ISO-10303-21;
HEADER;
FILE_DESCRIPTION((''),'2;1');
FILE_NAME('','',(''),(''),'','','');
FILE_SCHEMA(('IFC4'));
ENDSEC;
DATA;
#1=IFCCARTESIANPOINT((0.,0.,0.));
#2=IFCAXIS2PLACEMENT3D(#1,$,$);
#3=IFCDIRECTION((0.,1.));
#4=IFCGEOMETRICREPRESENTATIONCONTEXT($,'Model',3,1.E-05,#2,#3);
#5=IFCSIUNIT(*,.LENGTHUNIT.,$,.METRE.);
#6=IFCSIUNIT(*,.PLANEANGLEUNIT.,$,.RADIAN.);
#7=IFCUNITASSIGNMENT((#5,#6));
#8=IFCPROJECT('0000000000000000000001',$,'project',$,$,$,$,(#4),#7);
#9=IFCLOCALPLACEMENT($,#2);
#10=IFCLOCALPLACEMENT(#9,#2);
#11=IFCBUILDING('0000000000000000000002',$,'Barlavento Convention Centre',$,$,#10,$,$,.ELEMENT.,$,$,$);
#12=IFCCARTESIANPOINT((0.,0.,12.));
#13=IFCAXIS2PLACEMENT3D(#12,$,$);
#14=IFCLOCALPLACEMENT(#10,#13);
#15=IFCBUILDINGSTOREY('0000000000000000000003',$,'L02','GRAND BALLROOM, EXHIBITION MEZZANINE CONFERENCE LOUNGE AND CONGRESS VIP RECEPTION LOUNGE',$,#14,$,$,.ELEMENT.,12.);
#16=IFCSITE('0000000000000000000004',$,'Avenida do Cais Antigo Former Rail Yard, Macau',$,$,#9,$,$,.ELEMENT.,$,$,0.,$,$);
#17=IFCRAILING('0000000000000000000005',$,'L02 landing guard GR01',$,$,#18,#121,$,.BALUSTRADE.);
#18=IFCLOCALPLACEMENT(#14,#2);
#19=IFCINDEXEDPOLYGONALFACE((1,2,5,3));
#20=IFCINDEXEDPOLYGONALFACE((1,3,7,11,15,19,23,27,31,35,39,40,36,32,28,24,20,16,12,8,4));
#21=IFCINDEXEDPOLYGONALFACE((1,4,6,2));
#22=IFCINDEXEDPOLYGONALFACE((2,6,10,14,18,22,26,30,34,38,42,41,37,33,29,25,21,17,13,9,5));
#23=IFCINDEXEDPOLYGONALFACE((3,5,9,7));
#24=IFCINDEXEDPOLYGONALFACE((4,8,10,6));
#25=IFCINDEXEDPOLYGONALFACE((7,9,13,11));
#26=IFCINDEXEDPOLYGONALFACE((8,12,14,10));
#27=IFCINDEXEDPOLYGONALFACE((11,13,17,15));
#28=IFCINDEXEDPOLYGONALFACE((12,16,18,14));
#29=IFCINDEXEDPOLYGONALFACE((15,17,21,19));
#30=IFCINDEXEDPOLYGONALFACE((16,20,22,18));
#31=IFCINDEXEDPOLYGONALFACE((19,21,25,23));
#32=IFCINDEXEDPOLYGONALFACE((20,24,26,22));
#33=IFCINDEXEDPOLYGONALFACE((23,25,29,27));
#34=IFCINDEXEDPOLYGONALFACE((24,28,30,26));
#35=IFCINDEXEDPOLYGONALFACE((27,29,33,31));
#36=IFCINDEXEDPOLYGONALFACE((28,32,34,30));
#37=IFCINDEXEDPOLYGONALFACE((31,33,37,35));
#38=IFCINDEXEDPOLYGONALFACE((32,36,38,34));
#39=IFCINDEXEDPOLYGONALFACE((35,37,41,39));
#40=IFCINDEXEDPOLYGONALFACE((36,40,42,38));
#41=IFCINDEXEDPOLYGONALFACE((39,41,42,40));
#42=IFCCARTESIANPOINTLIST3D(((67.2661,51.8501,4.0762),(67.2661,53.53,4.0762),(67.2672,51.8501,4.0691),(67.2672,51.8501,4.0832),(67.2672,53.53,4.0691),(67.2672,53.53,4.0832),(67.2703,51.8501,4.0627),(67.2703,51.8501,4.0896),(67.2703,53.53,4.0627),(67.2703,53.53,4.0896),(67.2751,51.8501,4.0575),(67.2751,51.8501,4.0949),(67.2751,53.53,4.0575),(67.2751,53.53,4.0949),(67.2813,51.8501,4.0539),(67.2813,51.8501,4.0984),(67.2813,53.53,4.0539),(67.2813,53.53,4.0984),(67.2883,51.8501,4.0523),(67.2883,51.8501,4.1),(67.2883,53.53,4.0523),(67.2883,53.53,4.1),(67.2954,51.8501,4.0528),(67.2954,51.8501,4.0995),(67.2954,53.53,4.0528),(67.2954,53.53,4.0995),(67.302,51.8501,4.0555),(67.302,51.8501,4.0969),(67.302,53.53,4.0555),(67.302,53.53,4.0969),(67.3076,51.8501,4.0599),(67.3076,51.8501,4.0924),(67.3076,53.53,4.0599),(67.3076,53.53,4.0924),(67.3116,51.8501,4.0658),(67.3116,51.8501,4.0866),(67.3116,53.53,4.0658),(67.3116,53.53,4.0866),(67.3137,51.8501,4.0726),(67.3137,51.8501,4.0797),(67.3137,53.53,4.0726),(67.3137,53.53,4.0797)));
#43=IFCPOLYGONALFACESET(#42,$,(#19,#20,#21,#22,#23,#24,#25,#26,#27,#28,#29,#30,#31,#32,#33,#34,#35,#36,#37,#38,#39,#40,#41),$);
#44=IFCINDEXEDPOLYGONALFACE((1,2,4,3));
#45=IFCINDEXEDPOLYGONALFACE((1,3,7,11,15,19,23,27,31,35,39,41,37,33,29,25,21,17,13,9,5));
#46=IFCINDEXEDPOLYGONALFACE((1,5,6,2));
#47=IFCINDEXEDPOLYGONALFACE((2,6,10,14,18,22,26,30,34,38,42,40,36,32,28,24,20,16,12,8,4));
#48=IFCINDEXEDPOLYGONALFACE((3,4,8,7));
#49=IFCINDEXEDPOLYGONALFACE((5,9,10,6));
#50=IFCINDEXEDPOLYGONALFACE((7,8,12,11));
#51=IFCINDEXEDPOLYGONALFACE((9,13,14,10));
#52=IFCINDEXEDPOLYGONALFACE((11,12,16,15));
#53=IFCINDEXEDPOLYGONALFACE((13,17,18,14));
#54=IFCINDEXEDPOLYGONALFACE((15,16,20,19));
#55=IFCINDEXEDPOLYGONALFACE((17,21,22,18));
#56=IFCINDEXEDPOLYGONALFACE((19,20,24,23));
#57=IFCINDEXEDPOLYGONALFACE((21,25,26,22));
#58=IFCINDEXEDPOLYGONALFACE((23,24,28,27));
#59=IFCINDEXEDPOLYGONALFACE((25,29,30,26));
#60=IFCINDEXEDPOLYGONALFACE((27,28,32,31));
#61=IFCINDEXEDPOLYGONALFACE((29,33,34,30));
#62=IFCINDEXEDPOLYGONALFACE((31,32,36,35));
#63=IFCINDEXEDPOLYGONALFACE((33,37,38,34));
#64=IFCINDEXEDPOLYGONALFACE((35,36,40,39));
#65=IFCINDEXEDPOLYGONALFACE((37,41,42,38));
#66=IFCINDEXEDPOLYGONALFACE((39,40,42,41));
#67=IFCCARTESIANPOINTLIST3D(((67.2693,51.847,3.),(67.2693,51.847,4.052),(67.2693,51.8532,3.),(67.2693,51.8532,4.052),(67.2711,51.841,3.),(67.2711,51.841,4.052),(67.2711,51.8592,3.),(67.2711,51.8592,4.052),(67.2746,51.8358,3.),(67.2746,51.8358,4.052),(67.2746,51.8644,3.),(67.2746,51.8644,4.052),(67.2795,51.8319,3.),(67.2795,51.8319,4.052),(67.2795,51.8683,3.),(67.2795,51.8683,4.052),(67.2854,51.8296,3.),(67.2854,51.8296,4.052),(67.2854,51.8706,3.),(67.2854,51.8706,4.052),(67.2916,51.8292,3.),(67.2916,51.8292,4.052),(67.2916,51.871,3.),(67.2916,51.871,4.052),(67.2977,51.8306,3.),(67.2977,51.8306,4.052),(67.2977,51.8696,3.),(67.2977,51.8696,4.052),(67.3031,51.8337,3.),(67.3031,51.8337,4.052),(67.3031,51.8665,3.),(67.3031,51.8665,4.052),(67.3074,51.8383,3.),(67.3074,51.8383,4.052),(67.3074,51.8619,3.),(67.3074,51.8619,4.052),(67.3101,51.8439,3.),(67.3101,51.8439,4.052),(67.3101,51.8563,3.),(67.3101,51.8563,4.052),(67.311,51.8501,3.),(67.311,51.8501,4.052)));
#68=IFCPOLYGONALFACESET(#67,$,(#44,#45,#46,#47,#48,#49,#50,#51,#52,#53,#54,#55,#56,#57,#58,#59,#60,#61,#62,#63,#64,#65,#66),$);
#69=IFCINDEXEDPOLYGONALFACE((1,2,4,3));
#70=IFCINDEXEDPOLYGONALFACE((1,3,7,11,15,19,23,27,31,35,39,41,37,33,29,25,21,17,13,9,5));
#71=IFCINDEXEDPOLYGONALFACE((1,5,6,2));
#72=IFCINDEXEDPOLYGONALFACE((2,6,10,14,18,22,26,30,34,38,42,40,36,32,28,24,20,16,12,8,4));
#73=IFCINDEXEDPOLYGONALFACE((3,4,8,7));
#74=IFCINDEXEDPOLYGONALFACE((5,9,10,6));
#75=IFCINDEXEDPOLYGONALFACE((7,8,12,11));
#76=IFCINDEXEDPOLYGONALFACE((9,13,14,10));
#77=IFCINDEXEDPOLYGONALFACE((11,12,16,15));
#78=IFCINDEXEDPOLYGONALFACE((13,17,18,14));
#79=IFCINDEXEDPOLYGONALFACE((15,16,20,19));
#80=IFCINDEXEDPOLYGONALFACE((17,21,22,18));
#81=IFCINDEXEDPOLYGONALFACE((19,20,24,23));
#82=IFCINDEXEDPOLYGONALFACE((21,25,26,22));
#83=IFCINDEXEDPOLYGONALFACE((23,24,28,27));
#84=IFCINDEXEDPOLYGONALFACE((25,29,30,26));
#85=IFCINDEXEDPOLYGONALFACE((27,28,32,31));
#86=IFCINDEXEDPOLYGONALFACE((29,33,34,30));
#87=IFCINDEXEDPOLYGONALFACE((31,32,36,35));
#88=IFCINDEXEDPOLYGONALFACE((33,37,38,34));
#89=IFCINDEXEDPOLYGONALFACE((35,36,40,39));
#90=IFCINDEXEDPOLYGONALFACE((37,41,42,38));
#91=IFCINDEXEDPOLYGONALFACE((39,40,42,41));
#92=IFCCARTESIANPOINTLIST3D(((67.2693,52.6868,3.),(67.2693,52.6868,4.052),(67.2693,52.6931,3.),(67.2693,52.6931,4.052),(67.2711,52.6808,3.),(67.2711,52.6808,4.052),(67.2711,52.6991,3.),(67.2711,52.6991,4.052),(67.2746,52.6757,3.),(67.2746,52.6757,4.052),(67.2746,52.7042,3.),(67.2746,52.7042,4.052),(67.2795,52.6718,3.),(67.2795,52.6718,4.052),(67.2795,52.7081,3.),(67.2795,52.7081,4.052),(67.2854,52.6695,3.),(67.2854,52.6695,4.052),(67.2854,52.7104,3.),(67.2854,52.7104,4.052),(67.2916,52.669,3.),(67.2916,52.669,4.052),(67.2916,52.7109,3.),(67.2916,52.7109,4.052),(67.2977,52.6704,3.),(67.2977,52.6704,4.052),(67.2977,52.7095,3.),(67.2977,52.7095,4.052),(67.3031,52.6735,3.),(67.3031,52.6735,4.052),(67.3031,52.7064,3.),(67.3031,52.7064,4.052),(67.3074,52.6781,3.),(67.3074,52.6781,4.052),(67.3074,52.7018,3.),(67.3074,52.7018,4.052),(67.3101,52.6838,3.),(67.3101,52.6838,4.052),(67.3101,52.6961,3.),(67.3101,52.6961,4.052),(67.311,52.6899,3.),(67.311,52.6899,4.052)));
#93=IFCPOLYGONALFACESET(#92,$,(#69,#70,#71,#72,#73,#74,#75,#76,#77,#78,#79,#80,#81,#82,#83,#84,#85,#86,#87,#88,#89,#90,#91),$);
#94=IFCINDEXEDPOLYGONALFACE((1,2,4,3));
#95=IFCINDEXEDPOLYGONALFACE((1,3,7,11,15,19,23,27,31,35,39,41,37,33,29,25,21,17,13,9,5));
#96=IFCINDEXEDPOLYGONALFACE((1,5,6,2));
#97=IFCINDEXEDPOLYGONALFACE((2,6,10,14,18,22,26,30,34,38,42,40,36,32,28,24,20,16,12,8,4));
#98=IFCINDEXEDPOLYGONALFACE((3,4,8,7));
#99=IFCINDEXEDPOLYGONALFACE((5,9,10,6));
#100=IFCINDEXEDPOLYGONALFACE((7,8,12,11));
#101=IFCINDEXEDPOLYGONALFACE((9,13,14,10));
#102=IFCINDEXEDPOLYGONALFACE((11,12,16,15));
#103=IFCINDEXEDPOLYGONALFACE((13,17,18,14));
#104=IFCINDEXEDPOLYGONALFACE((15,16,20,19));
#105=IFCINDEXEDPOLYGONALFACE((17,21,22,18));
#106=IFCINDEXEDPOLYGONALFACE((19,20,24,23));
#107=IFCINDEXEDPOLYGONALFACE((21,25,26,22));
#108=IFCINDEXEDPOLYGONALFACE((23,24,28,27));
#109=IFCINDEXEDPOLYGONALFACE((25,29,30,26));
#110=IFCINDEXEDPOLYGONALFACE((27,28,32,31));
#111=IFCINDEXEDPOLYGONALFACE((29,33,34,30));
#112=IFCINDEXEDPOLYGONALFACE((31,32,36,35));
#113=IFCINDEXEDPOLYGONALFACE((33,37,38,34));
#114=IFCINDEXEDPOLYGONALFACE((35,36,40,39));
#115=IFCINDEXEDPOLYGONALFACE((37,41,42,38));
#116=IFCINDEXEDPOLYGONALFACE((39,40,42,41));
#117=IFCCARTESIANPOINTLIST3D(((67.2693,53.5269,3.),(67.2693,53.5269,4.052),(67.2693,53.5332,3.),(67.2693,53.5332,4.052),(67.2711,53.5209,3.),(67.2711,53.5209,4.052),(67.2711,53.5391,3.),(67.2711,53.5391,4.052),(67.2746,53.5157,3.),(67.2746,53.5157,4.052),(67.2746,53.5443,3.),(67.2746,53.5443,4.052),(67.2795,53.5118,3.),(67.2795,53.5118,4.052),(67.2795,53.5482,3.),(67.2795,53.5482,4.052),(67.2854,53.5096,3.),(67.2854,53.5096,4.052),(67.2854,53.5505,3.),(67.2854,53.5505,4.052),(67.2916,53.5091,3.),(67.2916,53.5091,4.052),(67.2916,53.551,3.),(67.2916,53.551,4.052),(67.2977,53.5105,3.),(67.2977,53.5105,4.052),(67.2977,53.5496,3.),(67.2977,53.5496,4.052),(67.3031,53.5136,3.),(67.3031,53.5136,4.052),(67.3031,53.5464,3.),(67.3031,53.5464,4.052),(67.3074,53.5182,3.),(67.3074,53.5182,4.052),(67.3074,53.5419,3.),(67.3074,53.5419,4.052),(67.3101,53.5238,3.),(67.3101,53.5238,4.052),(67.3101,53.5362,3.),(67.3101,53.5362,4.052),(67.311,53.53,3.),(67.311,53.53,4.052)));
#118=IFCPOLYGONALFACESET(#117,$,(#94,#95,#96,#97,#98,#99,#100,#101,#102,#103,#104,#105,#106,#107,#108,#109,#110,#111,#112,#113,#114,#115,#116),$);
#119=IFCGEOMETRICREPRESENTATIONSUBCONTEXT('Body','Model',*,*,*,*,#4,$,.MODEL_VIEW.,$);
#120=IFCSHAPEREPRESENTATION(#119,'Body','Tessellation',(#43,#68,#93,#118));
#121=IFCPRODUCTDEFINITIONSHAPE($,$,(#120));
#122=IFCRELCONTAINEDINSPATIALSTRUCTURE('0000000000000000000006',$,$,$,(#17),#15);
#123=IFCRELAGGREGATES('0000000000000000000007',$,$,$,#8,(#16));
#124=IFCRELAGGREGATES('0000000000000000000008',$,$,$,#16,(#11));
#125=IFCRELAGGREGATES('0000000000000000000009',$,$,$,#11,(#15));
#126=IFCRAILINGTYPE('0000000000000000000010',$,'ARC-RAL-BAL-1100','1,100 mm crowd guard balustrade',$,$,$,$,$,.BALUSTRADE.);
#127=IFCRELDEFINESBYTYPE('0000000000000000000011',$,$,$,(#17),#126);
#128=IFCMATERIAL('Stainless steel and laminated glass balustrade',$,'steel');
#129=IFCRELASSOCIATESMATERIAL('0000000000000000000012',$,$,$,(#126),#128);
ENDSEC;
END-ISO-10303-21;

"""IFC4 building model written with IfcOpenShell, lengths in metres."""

from ifc_helpers import new_model, si_unit, direction, frame, origin, origin_2d, place, context, subcontext, project, spatial, circle, extrude, material, type_object, element, save


model = new_model("IFC4")

# Units and contexts
model_context = context("Model", 3, precision=1e-05, world=origin(), true_north=direction((0.0, 1.0)))
body_context = subcontext(model_context, "Body", "Model", "MODEL_VIEW")
ifc_project = project(units=[si_unit("LENGTHUNIT", "METRE"), si_unit("PLANEANGLEUNIT", "RADIAN")], contexts=[model_context])

# Site, building, storey
site_placement = place(None, origin())
site = spatial("IfcSite", under=ifc_project, at=site_placement, Name="Avenida do Cais Antigo Former Rail Yard, Macau", CompositionType="ELEMENT", RefElevation=0.0)
building_placement = place(site_placement, origin())
building = spatial("IfcBuilding", under=site, at=building_placement, Name="Barlavento Convention Centre", CompositionType="ELEMENT")
storey_placement = place(building_placement, frame((0.0, 0.0, 12.0)))
storey = spatial("IfcBuildingStorey", under=building, at=storey_placement, Name="L02", Description="GRAND BALLROOM, EXHIBITION MEZZANINE CONFERENCE LOUNGE AND CONGRESS VIP RECEPTION LOUNGE", CompositionType="ELEMENT", Elevation=12.0)

# Railing
ifc_material_1 = material(Name="Stainless steel and laminated glass balustrade", Category="steel")
railing_type_1 = type_object("IfcRailingType", Name="ARC-RAL-BAL-1100", Description="1,100 mm crowd guard balustrade", PredefinedType="BALUSTRADE", material=ifc_material_1)
railing_1_placement = place(storey_placement, frame((67.29, 51.8501, 3.0)))
element("IfcRailing", 1, at=railing_1_placement, inside=storey, type_object=railing_type_1, Name="L02 landing guard GR01", PredefinedType="BALUSTRADE", context=body_context, shape_type="SweptSolid", body=[
    extrude(circle(Radius=0.0239, at=origin_2d()), frame((0.0, 0.0, 1.0762), z_axis=(0.0, 1.0, 0.0), x_axis=(-1.0, 0.0, 0.0)), (0.0, 0.0, 1.0), 1.6799),
    extrude(circle(Radius=0.021, at=origin_2d()), origin(), (0.0, 0.0, 1.0), 1.052),
    extrude(circle(Radius=0.021, at=origin_2d()), frame((0.0, 0.8398, 0.0)), (0.0, 0.0, 1.0), 1.052),
    extrude(circle(Radius=0.021, at=origin_2d()), frame((0.0, 1.6799, 0.0)), (0.0, 0.0, 1.0), 1.052),
])

save(model, "model.ifc")
